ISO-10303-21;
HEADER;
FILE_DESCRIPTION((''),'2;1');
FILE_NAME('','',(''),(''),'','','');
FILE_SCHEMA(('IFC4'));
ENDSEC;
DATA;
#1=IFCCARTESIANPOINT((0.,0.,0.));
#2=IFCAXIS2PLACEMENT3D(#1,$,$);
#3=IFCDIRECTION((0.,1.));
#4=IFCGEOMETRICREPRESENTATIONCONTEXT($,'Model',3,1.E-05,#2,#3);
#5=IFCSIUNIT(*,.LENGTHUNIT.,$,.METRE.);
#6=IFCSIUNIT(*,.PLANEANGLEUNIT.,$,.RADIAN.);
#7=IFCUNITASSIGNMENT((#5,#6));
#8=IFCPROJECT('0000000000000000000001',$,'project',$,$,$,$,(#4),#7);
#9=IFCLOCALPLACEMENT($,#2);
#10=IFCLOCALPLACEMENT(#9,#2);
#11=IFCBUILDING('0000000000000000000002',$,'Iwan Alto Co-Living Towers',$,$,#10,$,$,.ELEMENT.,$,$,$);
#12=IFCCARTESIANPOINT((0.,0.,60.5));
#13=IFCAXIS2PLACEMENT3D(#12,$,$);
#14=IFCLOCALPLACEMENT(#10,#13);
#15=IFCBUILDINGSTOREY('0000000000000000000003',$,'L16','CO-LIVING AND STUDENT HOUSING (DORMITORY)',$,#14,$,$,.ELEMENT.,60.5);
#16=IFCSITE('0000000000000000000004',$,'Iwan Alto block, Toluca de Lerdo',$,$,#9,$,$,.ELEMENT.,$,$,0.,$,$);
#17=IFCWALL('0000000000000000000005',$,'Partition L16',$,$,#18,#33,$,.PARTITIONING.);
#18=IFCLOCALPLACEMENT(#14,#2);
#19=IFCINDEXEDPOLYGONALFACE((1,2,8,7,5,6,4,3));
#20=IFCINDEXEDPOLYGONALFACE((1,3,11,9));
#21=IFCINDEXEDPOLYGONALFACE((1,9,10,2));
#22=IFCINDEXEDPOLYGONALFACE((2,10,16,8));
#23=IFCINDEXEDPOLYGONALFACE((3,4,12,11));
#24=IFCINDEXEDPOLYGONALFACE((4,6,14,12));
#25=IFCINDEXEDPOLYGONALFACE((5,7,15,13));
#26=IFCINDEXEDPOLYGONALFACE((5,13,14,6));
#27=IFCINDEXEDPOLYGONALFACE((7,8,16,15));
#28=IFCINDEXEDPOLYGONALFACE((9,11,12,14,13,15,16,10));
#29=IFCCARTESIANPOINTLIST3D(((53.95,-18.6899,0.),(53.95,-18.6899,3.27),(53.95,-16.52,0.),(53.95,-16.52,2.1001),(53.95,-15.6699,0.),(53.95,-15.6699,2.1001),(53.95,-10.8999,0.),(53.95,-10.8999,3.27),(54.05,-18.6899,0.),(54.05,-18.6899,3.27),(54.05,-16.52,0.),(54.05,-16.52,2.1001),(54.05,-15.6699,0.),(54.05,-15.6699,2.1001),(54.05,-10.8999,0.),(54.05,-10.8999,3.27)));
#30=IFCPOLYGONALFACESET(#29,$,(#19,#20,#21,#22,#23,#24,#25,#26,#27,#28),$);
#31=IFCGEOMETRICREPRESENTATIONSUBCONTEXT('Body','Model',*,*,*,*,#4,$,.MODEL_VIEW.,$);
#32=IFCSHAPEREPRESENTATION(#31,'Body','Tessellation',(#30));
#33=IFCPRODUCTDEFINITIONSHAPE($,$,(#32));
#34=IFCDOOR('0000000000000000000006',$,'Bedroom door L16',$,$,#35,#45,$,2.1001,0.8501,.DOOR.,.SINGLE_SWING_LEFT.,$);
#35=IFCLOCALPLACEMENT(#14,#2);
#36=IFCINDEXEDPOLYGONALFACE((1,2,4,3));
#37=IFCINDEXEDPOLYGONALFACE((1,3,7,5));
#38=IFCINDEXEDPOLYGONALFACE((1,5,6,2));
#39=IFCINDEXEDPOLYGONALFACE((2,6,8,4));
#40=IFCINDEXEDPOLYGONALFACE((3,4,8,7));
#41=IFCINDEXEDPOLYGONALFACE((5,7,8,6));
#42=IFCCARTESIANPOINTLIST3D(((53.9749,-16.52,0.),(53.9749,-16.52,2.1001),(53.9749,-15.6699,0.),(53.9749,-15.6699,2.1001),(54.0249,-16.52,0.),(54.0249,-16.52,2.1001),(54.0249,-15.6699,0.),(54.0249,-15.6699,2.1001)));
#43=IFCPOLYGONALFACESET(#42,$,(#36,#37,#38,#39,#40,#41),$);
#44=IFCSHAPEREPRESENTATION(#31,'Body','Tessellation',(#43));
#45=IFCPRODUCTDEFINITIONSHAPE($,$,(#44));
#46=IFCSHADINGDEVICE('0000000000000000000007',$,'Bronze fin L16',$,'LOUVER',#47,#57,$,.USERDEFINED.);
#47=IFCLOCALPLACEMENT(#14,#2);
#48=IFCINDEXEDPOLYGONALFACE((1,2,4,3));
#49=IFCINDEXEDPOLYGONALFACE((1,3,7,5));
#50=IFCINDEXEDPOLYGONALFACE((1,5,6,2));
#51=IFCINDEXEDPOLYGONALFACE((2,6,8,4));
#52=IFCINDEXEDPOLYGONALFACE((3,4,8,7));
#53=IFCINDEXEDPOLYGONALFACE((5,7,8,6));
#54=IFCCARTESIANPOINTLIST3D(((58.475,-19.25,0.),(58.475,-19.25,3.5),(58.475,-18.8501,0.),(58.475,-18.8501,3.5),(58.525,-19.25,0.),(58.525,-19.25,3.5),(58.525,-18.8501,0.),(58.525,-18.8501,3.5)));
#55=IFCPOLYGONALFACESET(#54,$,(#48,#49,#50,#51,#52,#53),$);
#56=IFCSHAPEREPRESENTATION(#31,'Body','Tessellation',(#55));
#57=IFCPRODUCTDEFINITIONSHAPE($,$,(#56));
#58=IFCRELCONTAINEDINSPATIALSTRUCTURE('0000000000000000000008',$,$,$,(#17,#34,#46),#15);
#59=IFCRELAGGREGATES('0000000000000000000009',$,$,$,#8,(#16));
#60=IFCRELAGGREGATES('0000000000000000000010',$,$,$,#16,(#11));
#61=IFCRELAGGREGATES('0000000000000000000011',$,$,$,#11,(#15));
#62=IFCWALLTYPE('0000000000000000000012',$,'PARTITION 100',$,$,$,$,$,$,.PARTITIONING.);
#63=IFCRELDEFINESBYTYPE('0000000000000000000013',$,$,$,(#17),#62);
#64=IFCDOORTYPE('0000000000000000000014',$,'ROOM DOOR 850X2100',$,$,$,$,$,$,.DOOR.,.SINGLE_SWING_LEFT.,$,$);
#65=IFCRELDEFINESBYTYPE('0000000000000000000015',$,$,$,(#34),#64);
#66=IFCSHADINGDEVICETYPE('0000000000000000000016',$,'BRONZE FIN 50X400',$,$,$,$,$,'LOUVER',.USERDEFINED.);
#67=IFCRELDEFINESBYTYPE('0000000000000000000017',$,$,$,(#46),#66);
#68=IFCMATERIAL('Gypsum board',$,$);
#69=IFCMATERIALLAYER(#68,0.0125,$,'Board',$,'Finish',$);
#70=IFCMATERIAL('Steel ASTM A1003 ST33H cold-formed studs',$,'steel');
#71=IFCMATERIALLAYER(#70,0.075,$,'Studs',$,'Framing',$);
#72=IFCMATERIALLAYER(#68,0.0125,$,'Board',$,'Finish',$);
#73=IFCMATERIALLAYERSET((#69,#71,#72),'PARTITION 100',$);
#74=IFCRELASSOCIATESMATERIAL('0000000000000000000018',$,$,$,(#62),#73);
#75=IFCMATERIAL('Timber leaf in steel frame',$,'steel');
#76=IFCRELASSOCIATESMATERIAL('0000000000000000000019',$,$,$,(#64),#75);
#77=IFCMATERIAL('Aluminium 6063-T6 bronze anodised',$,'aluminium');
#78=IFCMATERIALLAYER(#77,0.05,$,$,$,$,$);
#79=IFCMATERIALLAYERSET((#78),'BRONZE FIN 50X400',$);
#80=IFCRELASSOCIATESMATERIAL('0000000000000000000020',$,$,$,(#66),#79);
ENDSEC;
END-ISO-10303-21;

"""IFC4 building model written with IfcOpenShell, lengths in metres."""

from ifc_helpers import new_model, si_unit, direction, frame, frame_2d, origin, origin_2d, place, context, subcontext, project, spatial, rectangle, extrude, material, layer, layer_set, type_object, element, fill, save


model = new_model("IFC4")

# Units and contexts
model_context = context("Model", 3, precision=1e-05, world=origin(), true_north=direction((0.0, 1.0)))
body_context = subcontext(model_context, "Body", "Model", "MODEL_VIEW")
ifc_project = project(units=[si_unit("LENGTHUNIT", "METRE"), si_unit("PLANEANGLEUNIT", "RADIAN")], contexts=[model_context])

# Site, building, storey
site_placement = place(None, origin())
site = spatial("IfcSite", under=ifc_project, at=site_placement, Name="Iwan Alto block, Toluca de Lerdo", CompositionType="ELEMENT", RefElevation=0.0)
building_placement = place(site_placement, origin())
building = spatial("IfcBuilding", under=site, at=building_placement, Name="Iwan Alto Co-Living Towers", CompositionType="ELEMENT")
storey_placement = place(building_placement, frame((0.0, 0.0, 60.5)))
storey = spatial("IfcBuildingStorey", under=building, at=storey_placement, Name="L16", Description="CO-LIVING AND STUDENT HOUSING (DORMITORY)", CompositionType="ELEMENT", Elevation=60.5)

# Shared definitions
ifc_material_1 = material(Name="Gypsum board")
ifc_layer_1 = layer(ifc_material_1, 0.0125, Name="Board", Category="Finish")
ifc_material_2 = material(Name="Steel ASTM A1003 ST33H cold-formed studs", Category="steel")
ifc_layer_2 = layer(ifc_material_2, 0.075, Name="Studs", Category="Framing")
ifc_layer_3 = layer(ifc_material_1, 0.0125, Name="Board", Category="Finish")
ifc_layer_set_1 = layer_set([ifc_layer_1, ifc_layer_2, ifc_layer_3], Name="PARTITION 100")
wall_type = type_object("IfcWallType", Name="PARTITION 100", PredefinedType="PARTITIONING", material=ifc_layer_set_1)

# Wall, opening, door
wall_1_placement = place(storey_placement, frame((54.0, -18.6899, 0.0), z_axis=(0.0, 0.0, 1.0), x_axis=(0.0, 1.0, 0.0)))
wall_1 = element("IfcWall", 1, at=wall_1_placement, inside=storey, type_object=wall_type, Name="Partition L16", PredefinedType="PARTITIONING", context=body_context, shape_type="SweptSolid", body=[
    extrude(rectangle(XDim=7.79, YDim=0.1001, at=frame_2d((3.895, 0.0))), origin(), (0.0, 0.0, 1.0), 3.27),
])
opening_placement = place(wall_1_placement, frame((2.1699, 0.0, 0.0)))
opening = element("IfcOpeningElement", 2, at=opening_placement, cuts=wall_1, PredefinedType="OPENING", context=body_context, shape_type="SweptSolid", body=[
    extrude(rectangle(XDim=0.8501, YDim=2.1001, at=frame_2d((0.425, 1.05))), frame((0.0, 0.0601, 0.0), z_axis=(0.0, -1.0, 0.0), x_axis=(1.0, 0.0, 0.0)), (0.0, 0.0, 1.0), 0.1201),
])
ifc_material_3 = material(Name="Timber leaf in steel frame", Category="steel")
door_type = type_object("IfcDoorType", Name="ROOM DOOR 850X2100", OperationType="SINGLE_SWING_LEFT", PredefinedType="DOOR", material=ifc_material_3)
door_placement = place(opening_placement, frame((0.8501, 0.0, 0.0), z_axis=(0.0, 0.0, 1.0), x_axis=(-1.0, 0.0, 0.0)))
door = element("IfcDoor", 3, at=door_placement, inside=storey, type_object=door_type, Name="Bedroom door L16", OperationType="SINGLE_SWING_LEFT", OverallHeight=2.1001, OverallWidth=0.8501, PredefinedType="DOOR", context=body_context, shape_type="SweptSolid", body=[
    extrude(rectangle(XDim=0.8501, YDim=2.1001, at=frame_2d((0.425, 1.05))), frame((0.0, 0.0249, 0.0), z_axis=(0.0, -1.0, 0.0), x_axis=(1.0, 0.0, 0.0)), (0.0, 0.0, 1.0), 0.05),
])
fill(opening, door)

# Shading device
ifc_material_4 = material(Name="Aluminium 6063-T6 bronze anodised", Category="aluminium")
ifc_layer_4 = layer(ifc_material_4, 0.05)
ifc_layer_set_2 = layer_set([ifc_layer_4], Name="BRONZE FIN 50X400")
shading_device_type = type_object("IfcShadingDeviceType", Name="BRONZE FIN 50X400", ElementType="LOUVER", PredefinedType="USERDEFINED", material=ifc_layer_set_2)
shading_device_placement = place(storey_placement, frame((58.5, -19.05, 0.0), z_axis=(0.0, 0.0, 1.0), x_axis=(1.0, 0.0, 0.0)))
element("IfcShadingDevice", 4, at=shading_device_placement, inside=storey, type_object=shading_device_type, Name="Bronze fin L16", ObjectType="LOUVER", PredefinedType="USERDEFINED", context=body_context, shape_type="SweptSolid", body=[
    extrude(rectangle(XDim=0.05, YDim=0.3999, at=origin_2d()), origin(), (0.0, 0.0, 1.0), 3.5),
])

save(model, "model.ifc")
